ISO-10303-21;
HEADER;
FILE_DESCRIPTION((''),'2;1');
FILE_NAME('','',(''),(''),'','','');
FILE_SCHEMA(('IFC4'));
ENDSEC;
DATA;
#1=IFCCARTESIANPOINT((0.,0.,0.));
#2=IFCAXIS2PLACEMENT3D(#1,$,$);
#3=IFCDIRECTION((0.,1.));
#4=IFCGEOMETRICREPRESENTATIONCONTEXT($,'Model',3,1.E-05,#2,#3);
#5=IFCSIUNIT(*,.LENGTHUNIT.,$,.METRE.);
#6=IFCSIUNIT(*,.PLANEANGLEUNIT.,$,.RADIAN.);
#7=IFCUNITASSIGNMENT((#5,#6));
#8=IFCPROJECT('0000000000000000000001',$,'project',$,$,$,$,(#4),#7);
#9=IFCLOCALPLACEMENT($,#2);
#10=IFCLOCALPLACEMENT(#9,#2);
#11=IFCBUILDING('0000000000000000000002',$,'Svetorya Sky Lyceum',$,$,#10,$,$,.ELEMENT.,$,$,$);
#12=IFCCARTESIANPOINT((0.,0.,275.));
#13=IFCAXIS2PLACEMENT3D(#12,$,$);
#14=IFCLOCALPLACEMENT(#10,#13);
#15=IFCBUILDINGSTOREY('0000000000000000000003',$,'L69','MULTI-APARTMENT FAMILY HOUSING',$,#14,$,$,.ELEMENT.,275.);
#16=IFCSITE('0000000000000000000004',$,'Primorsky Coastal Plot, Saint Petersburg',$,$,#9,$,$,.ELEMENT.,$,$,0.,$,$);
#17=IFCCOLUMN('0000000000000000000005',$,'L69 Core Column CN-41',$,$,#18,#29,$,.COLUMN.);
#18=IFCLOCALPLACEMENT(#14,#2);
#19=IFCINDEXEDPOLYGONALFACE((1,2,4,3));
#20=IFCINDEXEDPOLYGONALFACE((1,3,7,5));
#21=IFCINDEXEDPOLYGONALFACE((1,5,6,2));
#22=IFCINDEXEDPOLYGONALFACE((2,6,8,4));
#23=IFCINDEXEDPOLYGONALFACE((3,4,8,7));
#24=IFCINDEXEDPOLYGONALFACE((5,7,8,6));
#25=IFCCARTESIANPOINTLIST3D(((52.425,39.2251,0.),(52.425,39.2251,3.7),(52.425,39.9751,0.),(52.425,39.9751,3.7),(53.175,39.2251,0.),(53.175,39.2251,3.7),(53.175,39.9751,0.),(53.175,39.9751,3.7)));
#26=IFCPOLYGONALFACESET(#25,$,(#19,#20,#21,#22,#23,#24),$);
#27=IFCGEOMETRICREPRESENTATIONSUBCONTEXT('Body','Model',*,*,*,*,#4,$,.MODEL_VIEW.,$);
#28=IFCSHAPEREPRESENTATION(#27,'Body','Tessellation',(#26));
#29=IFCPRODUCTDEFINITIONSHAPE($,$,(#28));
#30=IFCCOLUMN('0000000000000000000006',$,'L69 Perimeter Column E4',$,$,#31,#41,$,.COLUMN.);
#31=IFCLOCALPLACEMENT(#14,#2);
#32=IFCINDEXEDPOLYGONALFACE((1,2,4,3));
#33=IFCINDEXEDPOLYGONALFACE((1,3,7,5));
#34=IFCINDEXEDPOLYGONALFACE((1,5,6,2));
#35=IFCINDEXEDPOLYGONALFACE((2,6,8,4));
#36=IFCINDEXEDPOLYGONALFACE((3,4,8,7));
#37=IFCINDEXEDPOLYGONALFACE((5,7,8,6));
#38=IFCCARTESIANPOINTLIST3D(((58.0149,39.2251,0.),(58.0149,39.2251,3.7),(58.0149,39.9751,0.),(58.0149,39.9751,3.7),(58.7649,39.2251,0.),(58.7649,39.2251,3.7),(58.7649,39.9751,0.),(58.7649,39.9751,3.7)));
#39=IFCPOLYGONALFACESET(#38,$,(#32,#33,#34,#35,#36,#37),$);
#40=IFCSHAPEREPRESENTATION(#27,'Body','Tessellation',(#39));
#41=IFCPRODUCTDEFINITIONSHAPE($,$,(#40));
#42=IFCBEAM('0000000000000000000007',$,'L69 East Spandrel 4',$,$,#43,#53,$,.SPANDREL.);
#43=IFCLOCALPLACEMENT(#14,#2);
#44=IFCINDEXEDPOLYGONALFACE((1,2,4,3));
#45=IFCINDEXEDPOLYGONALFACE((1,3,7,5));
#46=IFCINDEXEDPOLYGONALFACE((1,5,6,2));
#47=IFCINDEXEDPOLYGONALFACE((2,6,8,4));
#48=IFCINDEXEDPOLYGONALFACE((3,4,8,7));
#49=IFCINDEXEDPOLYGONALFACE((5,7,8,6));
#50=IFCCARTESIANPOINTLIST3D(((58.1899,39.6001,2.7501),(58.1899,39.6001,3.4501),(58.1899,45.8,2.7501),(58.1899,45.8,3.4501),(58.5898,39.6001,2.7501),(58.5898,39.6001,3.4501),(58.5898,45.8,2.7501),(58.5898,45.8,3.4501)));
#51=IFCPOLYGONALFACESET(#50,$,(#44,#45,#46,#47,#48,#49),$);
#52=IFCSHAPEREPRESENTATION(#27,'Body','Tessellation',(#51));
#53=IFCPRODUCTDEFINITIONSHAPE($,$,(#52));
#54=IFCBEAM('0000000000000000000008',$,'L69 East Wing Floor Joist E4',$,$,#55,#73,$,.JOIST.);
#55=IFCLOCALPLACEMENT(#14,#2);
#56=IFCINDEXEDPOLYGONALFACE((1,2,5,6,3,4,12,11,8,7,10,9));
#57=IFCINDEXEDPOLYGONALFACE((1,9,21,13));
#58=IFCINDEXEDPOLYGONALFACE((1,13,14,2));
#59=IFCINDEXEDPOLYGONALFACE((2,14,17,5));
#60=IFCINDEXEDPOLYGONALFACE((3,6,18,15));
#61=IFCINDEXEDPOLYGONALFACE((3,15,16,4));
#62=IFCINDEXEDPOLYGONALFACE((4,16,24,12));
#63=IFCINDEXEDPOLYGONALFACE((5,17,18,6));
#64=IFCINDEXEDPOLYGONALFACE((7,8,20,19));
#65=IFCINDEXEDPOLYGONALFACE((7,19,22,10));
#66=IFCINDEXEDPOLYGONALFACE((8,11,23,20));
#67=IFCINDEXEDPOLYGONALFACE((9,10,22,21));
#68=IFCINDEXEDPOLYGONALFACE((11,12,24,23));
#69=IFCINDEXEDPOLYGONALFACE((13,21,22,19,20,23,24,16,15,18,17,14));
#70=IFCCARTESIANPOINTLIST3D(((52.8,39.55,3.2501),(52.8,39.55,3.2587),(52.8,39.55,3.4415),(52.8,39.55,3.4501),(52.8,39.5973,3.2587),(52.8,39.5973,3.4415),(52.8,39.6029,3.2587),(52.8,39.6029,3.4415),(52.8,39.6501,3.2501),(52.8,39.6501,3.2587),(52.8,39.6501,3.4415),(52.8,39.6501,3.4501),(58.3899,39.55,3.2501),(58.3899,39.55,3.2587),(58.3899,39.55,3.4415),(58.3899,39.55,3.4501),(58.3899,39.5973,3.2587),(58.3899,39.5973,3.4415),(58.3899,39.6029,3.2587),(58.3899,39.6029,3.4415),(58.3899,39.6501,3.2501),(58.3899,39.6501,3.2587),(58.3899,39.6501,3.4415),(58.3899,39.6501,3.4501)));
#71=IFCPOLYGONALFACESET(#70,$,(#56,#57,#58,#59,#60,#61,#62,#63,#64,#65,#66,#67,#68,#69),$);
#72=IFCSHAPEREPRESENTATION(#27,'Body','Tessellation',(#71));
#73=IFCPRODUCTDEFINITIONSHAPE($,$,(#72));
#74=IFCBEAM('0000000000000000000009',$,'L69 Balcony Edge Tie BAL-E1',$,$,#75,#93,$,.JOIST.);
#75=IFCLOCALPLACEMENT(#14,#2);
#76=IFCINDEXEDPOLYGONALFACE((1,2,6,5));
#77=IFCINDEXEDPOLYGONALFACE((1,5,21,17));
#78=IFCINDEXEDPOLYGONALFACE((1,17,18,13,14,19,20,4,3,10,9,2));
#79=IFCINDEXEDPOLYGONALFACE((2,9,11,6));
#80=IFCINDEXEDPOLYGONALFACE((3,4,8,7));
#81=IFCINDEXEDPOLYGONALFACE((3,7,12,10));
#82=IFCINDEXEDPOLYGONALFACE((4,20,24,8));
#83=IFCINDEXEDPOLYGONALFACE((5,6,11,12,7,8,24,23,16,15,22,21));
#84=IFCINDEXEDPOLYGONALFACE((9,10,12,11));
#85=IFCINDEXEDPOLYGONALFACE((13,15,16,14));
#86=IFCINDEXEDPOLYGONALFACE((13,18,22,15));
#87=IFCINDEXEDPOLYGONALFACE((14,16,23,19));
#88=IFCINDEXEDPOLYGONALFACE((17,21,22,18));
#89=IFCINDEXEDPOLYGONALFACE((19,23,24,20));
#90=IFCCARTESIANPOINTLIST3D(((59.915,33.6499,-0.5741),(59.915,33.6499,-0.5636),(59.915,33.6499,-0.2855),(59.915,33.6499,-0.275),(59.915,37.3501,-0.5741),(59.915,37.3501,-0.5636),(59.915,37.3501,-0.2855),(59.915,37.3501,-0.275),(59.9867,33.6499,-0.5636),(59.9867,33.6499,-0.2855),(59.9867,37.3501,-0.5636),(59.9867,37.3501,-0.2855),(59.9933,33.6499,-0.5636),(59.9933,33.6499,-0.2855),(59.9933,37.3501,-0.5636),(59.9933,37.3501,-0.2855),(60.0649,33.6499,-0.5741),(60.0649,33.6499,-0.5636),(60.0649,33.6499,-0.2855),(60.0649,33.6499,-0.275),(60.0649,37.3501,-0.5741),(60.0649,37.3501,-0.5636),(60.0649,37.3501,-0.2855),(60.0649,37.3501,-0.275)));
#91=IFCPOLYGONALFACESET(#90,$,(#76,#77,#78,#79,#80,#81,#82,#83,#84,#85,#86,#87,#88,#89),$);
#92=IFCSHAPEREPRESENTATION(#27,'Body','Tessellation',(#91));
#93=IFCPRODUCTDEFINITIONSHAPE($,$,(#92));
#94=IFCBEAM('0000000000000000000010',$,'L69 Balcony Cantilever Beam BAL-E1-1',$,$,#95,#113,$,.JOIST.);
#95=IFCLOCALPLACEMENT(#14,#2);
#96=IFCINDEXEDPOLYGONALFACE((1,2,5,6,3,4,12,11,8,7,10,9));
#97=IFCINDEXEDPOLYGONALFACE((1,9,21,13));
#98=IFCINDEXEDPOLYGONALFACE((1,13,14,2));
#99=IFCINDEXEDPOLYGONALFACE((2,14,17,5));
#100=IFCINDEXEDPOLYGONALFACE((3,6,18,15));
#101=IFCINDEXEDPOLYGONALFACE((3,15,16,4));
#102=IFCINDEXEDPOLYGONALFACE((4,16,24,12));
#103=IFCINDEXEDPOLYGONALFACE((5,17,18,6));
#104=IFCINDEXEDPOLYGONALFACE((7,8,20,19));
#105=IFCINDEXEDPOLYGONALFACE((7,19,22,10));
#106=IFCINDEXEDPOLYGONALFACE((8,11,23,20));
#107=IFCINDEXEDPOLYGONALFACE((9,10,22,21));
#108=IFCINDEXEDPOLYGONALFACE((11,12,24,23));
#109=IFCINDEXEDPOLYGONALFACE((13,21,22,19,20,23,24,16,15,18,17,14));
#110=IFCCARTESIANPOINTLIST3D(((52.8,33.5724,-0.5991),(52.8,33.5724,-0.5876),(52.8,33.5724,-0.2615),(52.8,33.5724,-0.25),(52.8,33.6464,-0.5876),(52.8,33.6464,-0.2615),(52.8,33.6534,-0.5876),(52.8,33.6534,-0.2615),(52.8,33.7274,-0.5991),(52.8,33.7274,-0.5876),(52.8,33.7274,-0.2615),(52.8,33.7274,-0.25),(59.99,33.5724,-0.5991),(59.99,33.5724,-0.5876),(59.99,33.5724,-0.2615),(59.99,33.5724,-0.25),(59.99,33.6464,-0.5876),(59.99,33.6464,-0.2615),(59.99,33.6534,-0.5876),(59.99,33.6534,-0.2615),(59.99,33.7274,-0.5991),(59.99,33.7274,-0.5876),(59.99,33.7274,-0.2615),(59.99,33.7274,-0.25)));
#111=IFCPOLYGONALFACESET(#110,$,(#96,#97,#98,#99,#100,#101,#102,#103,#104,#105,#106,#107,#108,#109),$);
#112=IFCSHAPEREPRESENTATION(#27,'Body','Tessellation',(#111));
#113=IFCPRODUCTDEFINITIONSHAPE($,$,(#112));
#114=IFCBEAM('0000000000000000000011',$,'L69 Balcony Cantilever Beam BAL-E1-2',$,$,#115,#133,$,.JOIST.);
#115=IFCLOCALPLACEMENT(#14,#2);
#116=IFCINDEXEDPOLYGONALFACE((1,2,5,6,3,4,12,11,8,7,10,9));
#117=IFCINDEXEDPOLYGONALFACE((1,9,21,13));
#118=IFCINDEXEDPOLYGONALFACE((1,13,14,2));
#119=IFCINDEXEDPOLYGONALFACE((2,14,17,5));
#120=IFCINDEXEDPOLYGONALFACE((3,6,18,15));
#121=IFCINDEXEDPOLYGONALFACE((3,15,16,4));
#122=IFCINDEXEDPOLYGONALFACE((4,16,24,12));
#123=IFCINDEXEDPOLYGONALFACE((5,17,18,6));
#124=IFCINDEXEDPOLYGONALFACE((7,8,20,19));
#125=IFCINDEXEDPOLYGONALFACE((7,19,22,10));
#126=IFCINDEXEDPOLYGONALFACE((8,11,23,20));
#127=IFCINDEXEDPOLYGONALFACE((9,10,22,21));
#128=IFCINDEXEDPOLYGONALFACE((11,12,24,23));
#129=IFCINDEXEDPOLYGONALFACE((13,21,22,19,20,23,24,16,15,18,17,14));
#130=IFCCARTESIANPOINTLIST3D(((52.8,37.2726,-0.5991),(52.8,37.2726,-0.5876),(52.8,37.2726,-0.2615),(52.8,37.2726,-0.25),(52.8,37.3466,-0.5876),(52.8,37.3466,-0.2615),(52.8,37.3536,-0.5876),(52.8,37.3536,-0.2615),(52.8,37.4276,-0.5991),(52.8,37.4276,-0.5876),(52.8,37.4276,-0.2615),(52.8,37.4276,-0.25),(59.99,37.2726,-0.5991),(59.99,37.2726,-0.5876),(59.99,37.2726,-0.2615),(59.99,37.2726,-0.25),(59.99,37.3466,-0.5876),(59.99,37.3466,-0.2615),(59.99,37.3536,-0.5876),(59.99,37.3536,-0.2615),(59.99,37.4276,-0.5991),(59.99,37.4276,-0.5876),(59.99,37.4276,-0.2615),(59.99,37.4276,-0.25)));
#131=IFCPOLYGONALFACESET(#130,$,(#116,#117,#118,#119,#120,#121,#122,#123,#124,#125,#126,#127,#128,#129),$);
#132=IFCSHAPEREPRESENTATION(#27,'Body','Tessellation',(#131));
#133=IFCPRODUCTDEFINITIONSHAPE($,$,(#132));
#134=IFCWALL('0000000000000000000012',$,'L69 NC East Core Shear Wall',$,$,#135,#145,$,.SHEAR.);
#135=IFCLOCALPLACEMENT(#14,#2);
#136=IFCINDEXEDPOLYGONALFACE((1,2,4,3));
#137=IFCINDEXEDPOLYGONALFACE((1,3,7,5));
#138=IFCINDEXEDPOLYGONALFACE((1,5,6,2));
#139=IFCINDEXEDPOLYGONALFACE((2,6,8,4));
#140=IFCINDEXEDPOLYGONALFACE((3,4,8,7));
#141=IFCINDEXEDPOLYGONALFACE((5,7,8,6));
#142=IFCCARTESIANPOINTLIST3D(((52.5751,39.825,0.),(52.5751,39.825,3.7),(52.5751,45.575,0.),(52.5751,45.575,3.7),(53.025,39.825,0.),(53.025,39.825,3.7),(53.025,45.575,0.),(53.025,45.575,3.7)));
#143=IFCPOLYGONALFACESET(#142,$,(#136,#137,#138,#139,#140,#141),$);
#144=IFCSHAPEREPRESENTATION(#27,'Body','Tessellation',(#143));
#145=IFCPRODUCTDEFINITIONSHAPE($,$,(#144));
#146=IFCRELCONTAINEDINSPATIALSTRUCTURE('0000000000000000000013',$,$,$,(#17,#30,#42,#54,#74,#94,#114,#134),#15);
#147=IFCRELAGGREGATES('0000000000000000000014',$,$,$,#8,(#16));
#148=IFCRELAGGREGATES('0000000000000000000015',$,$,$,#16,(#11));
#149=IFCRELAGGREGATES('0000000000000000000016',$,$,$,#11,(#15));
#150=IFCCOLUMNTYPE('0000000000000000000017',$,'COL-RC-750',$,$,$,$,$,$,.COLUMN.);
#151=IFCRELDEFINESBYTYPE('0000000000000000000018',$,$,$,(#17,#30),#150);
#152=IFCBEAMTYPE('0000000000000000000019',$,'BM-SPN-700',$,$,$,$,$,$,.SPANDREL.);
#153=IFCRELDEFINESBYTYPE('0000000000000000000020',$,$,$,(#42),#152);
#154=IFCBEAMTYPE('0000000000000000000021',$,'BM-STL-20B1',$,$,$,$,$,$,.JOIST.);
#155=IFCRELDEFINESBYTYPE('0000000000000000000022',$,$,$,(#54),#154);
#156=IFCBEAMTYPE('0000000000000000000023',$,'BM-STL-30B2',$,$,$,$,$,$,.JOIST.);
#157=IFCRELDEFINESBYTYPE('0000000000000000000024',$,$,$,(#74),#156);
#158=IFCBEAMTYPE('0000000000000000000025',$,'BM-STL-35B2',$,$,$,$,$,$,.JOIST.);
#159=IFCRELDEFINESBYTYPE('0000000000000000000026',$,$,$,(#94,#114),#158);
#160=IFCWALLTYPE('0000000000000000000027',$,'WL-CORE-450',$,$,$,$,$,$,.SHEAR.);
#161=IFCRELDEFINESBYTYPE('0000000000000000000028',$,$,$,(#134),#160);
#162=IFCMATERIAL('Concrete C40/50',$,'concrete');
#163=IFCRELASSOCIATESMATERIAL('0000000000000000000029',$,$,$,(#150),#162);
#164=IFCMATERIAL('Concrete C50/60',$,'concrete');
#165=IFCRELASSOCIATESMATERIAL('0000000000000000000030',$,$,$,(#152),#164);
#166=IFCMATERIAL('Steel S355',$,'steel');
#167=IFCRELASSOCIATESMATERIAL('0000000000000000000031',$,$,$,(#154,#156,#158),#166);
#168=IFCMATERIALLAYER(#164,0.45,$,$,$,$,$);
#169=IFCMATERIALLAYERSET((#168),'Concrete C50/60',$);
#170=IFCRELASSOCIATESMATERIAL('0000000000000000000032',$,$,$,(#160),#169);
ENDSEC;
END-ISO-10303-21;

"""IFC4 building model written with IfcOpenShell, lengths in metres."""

from ifc_helpers import new_model, si_unit, direction, frame, frame_2d, origin, origin_2d, place, context, subcontext, project, spatial, rectangle, i_section, extrude, material, layer, layer_set, material_profile, profile_set, type_object, element, save


model = new_model("IFC4")

# Units and contexts
model_context = context("Model", 3, precision=1e-05, world=origin(), true_north=direction((0.0, 1.0)))
body_context = subcontext(model_context, "Body", "Model", "MODEL_VIEW")
ifc_project = project(units=[si_unit("LENGTHUNIT", "METRE"), si_unit("PLANEANGLEUNIT", "RADIAN")], contexts=[model_context])

# Site, building, storey
site_placement = place(None, origin())
site = spatial("IfcSite", under=ifc_project, at=site_placement, Name="Primorsky Coastal Plot, Saint Petersburg", CompositionType="ELEMENT", RefElevation=0.0)
building_placement = place(site_placement, origin())
building = spatial("IfcBuilding", under=site, at=building_placement, Name="Svetorya Sky Lyceum", CompositionType="ELEMENT")
storey_placement = place(building_placement, frame((0.0, 0.0, 275.0)))
storey = spatial("IfcBuildingStorey", under=building, at=storey_placement, Name="L69", Description="MULTI-APARTMENT FAMILY HOUSING", CompositionType="ELEMENT", Elevation=275.0)

# Columns
ifc_material_1 = material(Name="Concrete C40/50", Category="concrete")
ifc_material_profile_1 = material_profile(ifc_material_1, rectangle(XDim=0.75, YDim=0.75, at=origin_2d()), Name="RC COL 750x750")
ifc_profile_set_1 = profile_set([ifc_material_profile_1], Name="Concrete C40/50")
column_type = type_object("IfcColumnType", Name="COL-RC-750", PredefinedType="COLUMN", material=ifc_profile_set_1)
for number, where, z_axis, x_axis, name in (
    (1, (52.8, 39.6001, 0.0), (0.0, 0.0, 1.0), (1.0, 0.0, 0.0), "L69 Core Column CN-41"),
    (2, (58.3899, 39.6001, 0.0), (0.0, 0.0, 1.0), (1.0, 0.0, 0.0), "L69 Perimeter Column E4"),
):
    element("IfcColumn", number, at=place(storey_placement, frame(where, z_axis=z_axis, x_axis=x_axis)), inside=storey, type_object=column_type, Name=name, PredefinedType="COLUMN", context=body_context, shape_type="SweptSolid", body=[
        extrude(rectangle(XDim=0.75, YDim=0.75, at=origin_2d()), origin(), (0.0, 0.0, 1.0), 3.7),
    ])

# Beams
ifc_material_2 = material(Name="Concrete C50/60", Category="concrete")
ifc_material_profile_2 = material_profile(ifc_material_2, rectangle(XDim=0.3999, YDim=0.7, at=origin_2d()), Name="RC SPANDREL 400x700")
ifc_profile_set_2 = profile_set([ifc_material_profile_2], Name="Concrete C50/60")
beam_type_1 = type_object("IfcBeamType", Name="BM-SPN-700", PredefinedType="SPANDREL", material=ifc_profile_set_2)
beam_1_placement = place(storey_placement, frame((58.3899, 39.6001, 3.1001), z_axis=(0.0, 1.0, 0.0), x_axis=(-1.0, 0.0, 0.0)))
element("IfcBeam", 3, at=beam_1_placement, inside=storey, type_object=beam_type_1, Name="L69 East Spandrel 4", PredefinedType="SPANDREL", context=body_context, shape_type="SweptSolid", body=[
    extrude(rectangle(XDim=0.3999, YDim=0.7, at=origin_2d()), origin(), (0.0, 0.0, 1.0), 6.2),
])
ifc_material_3 = material(Name="Steel S355", Category="steel")
ifc_material_profile_3 = material_profile(ifc_material_3, i_section(OverallWidth=0.1001, OverallDepth=0.2, WebThickness=0.0056, FlangeThickness=0.0085, at=origin_2d()), Name="GOST 20B1")
ifc_profile_set_3 = profile_set([ifc_material_profile_3], Name="Steel S355")
beam_type_2 = type_object("IfcBeamType", Name="BM-STL-20B1", PredefinedType="JOIST", material=ifc_profile_set_3)
beam_2_placement = place(storey_placement, frame((52.8, 39.6001, 3.3501), z_axis=(1.0, 0.0, 0.0), x_axis=(0.0, 1.0, 0.0)))
element("IfcBeam", 4, at=beam_2_placement, inside=storey, type_object=beam_type_2, Name="L69 East Wing Floor Joist E4", PredefinedType="JOIST", context=body_context, shape_type="SweptSolid", body=[
    extrude(i_section(OverallWidth=0.1001, OverallDepth=0.2, WebThickness=0.0056, FlangeThickness=0.0085, at=origin_2d()), origin(), (0.0, 0.0, 1.0), 5.5898),
])
ifc_material_profile_4 = material_profile(ifc_material_3, i_section(OverallWidth=0.1499, OverallDepth=0.2991, WebThickness=0.0066, FlangeThickness=0.0105, at=origin_2d()), Name="GOST 30B2")
ifc_profile_set_4 = profile_set([ifc_material_profile_4], Name="Steel S355")
beam_type_3 = type_object("IfcBeamType", Name="BM-STL-30B2", PredefinedType="JOIST", material=ifc_profile_set_4)
beam_3_placement = place(storey_placement, frame((59.99, 33.6499, -0.4246), z_axis=(0.0, 1.0, 0.0), x_axis=(-1.0, 0.0, 0.0)))
element("IfcBeam", 5, at=beam_3_placement, inside=storey, type_object=beam_type_3, Name="L69 Balcony Edge Tie BAL-E1", PredefinedType="JOIST", context=body_context, shape_type="SweptSolid", body=[
    extrude(i_section(OverallWidth=0.1499, OverallDepth=0.2991, WebThickness=0.0066, FlangeThickness=0.0105, at=origin_2d()), origin(), (0.0, 0.0, 1.0), 3.7002),
])
ifc_material_profile_5 = material_profile(ifc_material_3, i_section(OverallWidth=0.155, OverallDepth=0.3491, WebThickness=0.0071, FlangeThickness=0.0115, at=origin_2d()), Name="GOST 35B2")
ifc_profile_set_5 = profile_set([ifc_material_profile_5], Name="Steel S355")
beam_type_4 = type_object("IfcBeamType", Name="BM-STL-35B2", PredefinedType="JOIST", material=ifc_profile_set_5)
for number, where, z_axis, x_axis, name in (
    (6, (52.8, 33.6499, -0.4246), (1.0, 0.0, 0.0), (0.0, 1.0, 0.0), "L69 Balcony Cantilever Beam BAL-E1-1"),
    (7, (52.8, 37.3501, -0.4246), (1.0, 0.0, 0.0), (0.0, 1.0, 0.0), "L69 Balcony Cantilever Beam BAL-E1-2"),
):
    element("IfcBeam", number, at=place(storey_placement, frame(where, z_axis=z_axis, x_axis=x_axis)), inside=storey, type_object=beam_type_4, Name=name, PredefinedType="JOIST", context=body_context, shape_type="SweptSolid", body=[
        extrude(i_section(OverallWidth=0.155, OverallDepth=0.3491, WebThickness=0.0071, FlangeThickness=0.0115, at=origin_2d()), origin(), (0.0, 0.0, 1.0), 7.1899),
    ])

# Wall
ifc_layer_1 = layer(ifc_material_2, 0.45)
ifc_layer_set_1 = layer_set([ifc_layer_1], Name="Concrete C50/60")
wall_type_1 = type_object("IfcWallType", Name="WL-CORE-450", PredefinedType="SHEAR", material=ifc_layer_set_1)
wall_1_placement = place(storey_placement, frame((52.8, 39.825, 0.0), z_axis=(0.0, 0.0, 1.0), x_axis=(0.0, 1.0, 0.0)))
element("IfcWall", 8, at=wall_1_placement, inside=storey, type_object=wall_type_1, Name="L69 NC East Core Shear Wall", PredefinedType="SHEAR", context=body_context, shape_type="SweptSolid", body=[
    extrude(rectangle(XDim=5.75, YDim=0.45, at=frame_2d((2.875, 0.0))), origin(), (0.0, 0.0, 1.0), 3.7),
])

save(model, "model.ifc")
